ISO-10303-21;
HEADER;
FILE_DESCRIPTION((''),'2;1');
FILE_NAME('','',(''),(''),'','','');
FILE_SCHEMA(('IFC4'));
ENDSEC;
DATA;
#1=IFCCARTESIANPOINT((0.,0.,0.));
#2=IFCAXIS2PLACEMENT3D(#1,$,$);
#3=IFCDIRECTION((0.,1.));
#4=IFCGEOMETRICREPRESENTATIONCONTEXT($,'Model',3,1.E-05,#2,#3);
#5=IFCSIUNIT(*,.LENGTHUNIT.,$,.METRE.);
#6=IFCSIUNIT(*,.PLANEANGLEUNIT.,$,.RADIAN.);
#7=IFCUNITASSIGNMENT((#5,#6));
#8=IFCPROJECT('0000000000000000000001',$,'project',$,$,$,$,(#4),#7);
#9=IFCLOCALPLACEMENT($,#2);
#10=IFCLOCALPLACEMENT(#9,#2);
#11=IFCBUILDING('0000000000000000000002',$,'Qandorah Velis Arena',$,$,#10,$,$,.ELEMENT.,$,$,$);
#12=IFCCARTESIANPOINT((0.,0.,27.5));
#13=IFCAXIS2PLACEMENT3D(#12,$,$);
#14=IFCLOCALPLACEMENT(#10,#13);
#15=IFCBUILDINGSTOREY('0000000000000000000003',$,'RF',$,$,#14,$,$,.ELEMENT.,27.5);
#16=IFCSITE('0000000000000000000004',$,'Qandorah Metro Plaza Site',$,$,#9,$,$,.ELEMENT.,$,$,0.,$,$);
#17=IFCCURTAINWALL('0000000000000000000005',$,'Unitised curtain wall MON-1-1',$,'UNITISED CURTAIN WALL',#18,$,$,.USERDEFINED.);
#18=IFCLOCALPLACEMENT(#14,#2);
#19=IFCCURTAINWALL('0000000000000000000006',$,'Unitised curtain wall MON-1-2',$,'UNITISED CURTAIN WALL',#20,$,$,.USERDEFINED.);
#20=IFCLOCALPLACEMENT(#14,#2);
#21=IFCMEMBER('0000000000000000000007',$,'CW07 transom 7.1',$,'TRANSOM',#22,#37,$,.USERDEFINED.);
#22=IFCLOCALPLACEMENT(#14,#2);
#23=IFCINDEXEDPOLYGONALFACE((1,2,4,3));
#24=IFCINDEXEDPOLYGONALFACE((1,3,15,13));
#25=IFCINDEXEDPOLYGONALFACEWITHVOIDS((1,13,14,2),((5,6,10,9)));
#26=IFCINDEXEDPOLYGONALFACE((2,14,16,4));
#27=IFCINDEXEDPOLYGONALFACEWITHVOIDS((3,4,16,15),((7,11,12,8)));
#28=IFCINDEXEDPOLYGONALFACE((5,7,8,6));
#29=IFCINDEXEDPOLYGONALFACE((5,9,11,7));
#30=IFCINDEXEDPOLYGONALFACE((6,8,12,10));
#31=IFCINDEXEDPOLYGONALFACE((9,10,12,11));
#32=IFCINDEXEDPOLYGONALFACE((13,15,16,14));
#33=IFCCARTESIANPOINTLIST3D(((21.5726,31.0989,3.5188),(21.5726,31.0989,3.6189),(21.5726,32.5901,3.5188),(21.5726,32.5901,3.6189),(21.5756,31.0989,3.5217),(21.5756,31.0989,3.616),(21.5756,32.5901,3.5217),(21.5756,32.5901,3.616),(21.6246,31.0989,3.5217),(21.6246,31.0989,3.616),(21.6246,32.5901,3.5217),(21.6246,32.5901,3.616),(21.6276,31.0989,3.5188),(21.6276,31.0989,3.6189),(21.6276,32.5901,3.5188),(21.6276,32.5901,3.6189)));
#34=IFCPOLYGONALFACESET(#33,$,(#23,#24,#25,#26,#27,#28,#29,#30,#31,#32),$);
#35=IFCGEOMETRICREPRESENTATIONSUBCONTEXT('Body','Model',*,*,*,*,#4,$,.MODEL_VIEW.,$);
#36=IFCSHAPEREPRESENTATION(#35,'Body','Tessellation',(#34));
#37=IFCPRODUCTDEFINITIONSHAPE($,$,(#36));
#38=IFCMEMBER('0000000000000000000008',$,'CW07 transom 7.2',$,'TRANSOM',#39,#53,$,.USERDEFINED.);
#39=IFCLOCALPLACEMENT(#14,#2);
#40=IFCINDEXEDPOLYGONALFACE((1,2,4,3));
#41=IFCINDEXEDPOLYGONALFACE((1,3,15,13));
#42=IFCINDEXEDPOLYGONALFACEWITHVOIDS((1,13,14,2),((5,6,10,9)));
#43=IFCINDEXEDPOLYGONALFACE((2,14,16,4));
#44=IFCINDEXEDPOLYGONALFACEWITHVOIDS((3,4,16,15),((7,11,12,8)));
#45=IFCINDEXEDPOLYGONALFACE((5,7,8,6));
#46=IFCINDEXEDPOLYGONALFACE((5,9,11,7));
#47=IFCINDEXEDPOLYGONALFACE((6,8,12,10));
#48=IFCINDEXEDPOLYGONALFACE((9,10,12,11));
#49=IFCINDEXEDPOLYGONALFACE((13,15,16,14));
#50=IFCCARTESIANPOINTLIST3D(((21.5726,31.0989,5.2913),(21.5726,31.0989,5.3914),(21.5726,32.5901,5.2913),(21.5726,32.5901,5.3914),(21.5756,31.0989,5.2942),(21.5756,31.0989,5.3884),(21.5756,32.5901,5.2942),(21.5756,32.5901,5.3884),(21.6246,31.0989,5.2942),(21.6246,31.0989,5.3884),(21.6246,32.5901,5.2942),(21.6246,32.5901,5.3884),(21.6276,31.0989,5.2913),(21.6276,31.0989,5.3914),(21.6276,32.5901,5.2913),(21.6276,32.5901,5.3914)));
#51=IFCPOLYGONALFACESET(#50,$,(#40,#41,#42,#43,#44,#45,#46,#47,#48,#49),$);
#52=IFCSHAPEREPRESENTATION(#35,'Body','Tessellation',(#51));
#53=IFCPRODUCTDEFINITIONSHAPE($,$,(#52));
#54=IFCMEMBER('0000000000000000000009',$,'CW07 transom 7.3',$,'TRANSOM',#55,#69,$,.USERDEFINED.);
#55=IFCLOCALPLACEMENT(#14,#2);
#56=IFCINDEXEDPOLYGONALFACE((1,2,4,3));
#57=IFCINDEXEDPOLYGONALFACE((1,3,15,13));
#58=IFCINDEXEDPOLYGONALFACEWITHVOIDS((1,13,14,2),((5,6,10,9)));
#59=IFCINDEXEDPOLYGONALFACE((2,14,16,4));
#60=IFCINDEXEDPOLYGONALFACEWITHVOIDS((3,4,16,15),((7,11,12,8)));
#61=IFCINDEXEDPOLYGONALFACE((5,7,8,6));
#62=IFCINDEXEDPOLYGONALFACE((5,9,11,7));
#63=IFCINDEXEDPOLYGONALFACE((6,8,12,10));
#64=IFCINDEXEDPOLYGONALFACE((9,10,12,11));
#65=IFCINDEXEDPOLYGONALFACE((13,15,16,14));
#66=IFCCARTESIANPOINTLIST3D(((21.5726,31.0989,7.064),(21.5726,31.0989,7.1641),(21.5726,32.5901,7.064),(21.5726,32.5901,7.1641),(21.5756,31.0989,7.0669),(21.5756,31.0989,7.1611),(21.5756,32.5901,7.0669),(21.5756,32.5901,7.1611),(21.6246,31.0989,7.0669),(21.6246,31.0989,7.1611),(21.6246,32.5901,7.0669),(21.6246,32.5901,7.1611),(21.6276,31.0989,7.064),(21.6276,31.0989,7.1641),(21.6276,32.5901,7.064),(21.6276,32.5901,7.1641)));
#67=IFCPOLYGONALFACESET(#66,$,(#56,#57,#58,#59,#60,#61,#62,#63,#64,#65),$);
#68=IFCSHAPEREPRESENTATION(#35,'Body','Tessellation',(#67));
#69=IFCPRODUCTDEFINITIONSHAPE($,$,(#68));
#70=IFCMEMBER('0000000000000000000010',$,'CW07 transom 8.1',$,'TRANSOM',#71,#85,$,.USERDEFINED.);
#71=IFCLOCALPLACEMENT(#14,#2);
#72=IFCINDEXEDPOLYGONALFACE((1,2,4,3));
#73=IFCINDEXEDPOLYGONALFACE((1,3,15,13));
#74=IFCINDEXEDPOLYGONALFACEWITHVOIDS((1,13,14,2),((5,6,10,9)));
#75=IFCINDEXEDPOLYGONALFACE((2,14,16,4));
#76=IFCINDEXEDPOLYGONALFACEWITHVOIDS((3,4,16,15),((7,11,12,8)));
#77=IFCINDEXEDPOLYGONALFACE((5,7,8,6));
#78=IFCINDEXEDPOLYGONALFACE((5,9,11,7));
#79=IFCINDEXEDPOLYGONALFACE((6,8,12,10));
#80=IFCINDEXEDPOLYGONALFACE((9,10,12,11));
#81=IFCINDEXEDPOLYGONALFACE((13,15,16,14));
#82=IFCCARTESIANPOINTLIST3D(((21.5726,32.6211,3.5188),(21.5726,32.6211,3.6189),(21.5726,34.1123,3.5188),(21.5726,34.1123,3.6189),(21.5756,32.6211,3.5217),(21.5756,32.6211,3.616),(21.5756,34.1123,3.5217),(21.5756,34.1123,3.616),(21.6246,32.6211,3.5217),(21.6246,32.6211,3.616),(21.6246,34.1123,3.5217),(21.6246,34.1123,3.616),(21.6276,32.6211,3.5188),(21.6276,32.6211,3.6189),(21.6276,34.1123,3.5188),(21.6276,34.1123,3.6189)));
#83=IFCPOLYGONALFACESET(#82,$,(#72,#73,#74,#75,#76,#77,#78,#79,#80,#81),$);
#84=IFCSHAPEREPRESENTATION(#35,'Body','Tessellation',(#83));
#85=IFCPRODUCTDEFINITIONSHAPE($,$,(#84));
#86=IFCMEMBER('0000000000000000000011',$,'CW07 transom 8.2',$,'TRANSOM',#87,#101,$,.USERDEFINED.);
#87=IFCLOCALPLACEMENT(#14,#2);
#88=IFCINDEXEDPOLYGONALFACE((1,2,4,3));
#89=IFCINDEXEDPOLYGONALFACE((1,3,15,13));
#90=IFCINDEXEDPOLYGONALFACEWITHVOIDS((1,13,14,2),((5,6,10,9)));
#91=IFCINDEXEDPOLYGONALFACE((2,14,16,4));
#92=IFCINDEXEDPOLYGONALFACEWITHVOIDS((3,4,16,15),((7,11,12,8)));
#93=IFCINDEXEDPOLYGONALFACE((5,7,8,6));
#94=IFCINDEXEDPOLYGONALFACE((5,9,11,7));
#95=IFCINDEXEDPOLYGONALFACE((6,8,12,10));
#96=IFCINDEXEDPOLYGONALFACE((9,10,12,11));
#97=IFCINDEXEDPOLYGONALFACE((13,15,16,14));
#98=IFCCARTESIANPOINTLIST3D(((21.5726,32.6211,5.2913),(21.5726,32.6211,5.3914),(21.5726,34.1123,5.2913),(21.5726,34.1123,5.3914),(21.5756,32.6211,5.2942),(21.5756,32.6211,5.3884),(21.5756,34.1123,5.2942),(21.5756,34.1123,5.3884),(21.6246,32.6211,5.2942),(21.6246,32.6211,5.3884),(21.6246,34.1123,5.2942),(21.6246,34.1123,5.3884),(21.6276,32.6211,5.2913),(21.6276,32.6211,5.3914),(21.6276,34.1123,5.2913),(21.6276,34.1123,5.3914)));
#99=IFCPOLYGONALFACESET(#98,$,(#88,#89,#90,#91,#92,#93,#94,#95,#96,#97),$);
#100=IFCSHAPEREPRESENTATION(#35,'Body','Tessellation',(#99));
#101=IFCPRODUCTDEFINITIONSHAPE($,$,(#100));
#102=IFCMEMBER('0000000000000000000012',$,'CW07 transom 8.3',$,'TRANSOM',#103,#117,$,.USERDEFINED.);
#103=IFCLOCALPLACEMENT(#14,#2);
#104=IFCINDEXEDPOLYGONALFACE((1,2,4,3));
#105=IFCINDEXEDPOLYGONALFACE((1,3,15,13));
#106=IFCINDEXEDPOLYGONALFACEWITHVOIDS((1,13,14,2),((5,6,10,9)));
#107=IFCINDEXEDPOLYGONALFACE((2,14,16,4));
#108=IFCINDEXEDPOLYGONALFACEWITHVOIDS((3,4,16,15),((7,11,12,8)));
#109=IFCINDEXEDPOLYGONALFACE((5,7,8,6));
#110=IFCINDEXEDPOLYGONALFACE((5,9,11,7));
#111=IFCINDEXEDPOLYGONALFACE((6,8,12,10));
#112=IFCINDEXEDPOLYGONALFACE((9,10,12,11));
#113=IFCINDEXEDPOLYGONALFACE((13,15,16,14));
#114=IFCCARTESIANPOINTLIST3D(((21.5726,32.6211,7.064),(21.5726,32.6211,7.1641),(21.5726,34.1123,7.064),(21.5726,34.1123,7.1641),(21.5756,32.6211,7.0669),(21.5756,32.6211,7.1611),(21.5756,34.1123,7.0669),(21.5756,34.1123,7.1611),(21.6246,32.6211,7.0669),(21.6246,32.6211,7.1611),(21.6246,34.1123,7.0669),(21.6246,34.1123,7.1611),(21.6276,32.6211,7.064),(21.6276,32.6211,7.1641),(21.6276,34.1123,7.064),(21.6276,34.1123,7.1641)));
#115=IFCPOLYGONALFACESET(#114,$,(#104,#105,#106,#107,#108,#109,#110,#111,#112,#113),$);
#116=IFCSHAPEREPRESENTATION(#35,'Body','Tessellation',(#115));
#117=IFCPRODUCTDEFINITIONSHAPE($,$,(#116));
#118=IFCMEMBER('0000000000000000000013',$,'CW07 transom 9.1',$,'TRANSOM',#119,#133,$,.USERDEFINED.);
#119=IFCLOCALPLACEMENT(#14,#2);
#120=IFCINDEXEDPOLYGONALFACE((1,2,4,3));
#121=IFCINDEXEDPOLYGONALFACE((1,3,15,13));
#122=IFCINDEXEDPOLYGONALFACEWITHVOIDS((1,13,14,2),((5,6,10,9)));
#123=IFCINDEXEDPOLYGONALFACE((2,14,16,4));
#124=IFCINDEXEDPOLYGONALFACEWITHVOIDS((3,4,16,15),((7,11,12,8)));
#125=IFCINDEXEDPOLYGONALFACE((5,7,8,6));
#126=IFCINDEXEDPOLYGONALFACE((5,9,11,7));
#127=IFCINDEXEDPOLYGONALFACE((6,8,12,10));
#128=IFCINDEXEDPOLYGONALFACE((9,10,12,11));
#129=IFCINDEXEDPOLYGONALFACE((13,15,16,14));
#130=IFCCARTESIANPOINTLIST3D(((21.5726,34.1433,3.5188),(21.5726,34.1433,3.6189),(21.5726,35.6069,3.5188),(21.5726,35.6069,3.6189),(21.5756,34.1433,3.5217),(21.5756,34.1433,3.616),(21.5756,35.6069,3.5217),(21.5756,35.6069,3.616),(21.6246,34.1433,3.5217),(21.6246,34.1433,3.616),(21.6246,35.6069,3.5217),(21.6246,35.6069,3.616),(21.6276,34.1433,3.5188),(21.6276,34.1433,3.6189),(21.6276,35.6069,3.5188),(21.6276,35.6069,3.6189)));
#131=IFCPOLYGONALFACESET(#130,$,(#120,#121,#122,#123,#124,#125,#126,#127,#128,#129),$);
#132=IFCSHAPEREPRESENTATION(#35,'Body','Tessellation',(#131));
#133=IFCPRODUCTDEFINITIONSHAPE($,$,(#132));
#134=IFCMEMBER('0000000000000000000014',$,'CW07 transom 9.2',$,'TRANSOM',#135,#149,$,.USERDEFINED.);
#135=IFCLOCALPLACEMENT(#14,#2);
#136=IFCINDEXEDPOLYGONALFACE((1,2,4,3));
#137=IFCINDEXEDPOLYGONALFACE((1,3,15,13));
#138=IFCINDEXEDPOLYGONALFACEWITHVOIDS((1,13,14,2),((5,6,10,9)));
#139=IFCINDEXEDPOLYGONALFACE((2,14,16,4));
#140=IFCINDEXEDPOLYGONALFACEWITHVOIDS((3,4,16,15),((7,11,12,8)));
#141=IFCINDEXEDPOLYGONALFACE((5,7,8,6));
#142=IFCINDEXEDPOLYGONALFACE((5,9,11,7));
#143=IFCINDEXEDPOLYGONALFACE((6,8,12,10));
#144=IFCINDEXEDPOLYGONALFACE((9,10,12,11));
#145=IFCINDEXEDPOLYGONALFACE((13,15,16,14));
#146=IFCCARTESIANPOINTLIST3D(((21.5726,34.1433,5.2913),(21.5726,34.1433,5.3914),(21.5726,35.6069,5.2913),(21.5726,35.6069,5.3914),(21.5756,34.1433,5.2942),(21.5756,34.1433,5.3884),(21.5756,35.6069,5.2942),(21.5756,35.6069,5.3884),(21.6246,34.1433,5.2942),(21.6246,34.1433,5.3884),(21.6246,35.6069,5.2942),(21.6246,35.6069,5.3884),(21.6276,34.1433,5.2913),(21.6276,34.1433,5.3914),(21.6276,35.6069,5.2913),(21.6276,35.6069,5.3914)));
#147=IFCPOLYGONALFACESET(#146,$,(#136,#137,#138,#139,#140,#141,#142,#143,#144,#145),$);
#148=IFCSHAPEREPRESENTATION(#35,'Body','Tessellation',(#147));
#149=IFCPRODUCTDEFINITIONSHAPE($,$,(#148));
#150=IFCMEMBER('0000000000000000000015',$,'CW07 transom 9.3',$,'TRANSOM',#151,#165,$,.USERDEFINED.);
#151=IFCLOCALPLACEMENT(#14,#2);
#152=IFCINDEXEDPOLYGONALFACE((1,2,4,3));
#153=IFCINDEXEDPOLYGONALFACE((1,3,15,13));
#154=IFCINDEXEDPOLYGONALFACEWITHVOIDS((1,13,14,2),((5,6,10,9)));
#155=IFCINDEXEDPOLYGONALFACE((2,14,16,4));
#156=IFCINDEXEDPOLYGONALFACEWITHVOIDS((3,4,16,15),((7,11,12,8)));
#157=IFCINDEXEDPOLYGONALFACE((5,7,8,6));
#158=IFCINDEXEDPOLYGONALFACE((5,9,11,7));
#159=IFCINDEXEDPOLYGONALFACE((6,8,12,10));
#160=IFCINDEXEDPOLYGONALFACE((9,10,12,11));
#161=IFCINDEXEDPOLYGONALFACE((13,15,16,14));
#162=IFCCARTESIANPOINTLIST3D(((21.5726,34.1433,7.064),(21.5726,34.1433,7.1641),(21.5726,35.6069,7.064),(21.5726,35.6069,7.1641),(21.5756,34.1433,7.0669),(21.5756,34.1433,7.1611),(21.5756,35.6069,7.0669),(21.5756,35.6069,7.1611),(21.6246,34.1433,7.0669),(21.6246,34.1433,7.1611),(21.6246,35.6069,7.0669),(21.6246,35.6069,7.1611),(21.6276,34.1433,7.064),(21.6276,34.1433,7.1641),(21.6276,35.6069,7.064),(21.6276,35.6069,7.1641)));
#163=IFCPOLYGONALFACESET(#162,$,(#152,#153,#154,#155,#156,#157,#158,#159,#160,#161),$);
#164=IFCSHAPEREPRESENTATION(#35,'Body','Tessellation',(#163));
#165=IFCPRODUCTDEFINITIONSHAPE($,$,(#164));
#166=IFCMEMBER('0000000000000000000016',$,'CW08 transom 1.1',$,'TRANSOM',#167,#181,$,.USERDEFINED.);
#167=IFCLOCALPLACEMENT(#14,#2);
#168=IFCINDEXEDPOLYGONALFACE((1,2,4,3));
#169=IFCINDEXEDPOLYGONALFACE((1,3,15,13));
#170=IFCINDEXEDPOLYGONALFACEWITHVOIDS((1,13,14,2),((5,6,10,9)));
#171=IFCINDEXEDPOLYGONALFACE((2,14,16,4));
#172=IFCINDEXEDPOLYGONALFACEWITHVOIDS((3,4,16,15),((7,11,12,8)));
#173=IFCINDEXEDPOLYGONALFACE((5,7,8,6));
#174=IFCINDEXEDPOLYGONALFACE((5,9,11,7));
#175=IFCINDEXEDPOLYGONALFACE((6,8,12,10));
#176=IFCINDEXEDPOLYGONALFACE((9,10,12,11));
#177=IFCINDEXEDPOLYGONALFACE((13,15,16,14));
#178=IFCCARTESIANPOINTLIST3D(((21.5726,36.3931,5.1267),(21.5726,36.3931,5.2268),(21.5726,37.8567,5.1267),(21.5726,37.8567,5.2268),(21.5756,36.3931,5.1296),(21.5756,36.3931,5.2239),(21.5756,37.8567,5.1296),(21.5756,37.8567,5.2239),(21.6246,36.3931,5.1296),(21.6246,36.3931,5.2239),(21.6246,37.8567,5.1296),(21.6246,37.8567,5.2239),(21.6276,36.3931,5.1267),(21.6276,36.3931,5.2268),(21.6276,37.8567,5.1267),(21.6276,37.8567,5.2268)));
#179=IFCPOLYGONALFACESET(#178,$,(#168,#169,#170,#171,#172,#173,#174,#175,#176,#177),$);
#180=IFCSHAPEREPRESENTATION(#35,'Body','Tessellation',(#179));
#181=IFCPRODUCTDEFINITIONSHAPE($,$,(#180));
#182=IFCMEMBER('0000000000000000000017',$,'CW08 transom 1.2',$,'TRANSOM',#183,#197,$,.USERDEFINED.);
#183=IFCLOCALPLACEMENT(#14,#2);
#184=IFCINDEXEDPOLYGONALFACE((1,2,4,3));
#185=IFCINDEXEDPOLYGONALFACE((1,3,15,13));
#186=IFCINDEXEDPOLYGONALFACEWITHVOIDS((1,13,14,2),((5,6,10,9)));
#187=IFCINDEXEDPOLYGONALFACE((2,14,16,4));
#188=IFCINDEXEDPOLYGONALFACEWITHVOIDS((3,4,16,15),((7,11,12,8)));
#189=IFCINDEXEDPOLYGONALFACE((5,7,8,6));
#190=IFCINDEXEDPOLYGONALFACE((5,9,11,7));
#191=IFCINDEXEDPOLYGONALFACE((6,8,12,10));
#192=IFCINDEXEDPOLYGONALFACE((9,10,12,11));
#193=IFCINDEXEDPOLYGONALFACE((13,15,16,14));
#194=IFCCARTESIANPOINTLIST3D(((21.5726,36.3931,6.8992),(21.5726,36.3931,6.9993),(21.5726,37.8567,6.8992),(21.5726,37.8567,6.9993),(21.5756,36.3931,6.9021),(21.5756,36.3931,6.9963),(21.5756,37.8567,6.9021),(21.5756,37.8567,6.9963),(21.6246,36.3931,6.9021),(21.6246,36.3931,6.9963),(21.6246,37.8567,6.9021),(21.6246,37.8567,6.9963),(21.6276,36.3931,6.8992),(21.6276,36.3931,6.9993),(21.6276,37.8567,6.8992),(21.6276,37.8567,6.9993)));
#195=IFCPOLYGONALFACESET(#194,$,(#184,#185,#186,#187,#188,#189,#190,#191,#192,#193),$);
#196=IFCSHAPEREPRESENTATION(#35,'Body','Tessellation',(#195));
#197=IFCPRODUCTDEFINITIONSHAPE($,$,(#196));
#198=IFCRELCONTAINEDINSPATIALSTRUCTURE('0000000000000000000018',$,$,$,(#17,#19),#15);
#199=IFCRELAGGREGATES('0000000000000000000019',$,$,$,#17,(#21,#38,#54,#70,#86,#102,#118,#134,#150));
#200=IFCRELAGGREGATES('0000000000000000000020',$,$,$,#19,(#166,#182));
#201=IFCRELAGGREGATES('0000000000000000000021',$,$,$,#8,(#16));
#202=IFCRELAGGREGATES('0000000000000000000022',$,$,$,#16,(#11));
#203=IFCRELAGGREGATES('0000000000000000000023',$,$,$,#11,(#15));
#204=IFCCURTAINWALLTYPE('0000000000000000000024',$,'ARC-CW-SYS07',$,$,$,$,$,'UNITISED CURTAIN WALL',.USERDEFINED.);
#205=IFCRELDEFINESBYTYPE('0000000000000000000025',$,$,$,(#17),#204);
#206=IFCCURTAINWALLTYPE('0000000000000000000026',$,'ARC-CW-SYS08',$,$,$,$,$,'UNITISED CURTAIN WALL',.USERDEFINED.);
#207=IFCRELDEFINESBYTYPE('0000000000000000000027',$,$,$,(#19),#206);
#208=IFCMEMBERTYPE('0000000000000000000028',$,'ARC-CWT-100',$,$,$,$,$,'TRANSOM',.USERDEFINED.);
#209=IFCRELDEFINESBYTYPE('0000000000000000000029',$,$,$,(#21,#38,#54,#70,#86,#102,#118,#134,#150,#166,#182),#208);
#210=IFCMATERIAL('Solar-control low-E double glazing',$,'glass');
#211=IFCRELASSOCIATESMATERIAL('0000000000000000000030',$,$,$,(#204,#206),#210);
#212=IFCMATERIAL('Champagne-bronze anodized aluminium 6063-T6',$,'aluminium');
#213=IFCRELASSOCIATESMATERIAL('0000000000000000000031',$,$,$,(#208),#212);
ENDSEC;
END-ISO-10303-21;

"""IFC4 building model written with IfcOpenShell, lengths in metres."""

from ifc_helpers import new_model, si_unit, direction, frame, origin, origin_2d, place, context, subcontext, project, spatial, hollow_rectangle, extrude, material, material_profile, profile_set, type_object, element, aggregate, save


model = new_model("IFC4")

# Units and contexts
model_context = context("Model", 3, precision=1e-05, world=origin(), true_north=direction((0.0, 1.0)))
body_context = subcontext(model_context, "Body", "Model", "MODEL_VIEW")
ifc_project = project(units=[si_unit("LENGTHUNIT", "METRE"), si_unit("PLANEANGLEUNIT", "RADIAN")], contexts=[model_context])

# Site, building, storey
site_placement = place(None, origin())
site = spatial("IfcSite", under=ifc_project, at=site_placement, Name="Qandorah Metro Plaza Site", CompositionType="ELEMENT", RefElevation=0.0)
building_placement = place(site_placement, origin())
building = spatial("IfcBuilding", under=site, at=building_placement, Name="Qandorah Velis Arena", CompositionType="ELEMENT")
storey_placement = place(building_placement, frame((0.0, 0.0, 27.5)))
storey = spatial("IfcBuildingStorey", under=building, at=storey_placement, Name="RF", CompositionType="ELEMENT", Elevation=27.5)

# Curtain walls
ifc_material_1 = material(Name="Solar-control low-E double glazing", Category="glass")
curtain_wall_type_1 = type_object("IfcCurtainWallType", Name="ARC-CW-SYS07", ElementType="UNITISED CURTAIN WALL", PredefinedType="USERDEFINED", material=ifc_material_1)
curtain_wall_1_placement = place(storey_placement, origin())
curtain_wall_1 = element("IfcCurtainWall", 1, at=curtain_wall_1_placement, inside=storey, type_object=curtain_wall_type_1, Name="Unitised curtain wall MON-1-1", ObjectType="UNITISED CURTAIN WALL", PredefinedType="USERDEFINED")
ifc_material_2 = material(Name="Champagne-bronze anodized aluminium 6063-T6", Category="aluminium")
curtain_wall_type_2 = type_object("IfcCurtainWallType", Name="ARC-CW-SYS08", ElementType="UNITISED CURTAIN WALL", PredefinedType="USERDEFINED", material=ifc_material_1)
curtain_wall_2_placement = place(storey_placement, origin())
curtain_wall_2 = element("IfcCurtainWall", 2, at=curtain_wall_2_placement, inside=storey, type_object=curtain_wall_type_2, Name="Unitised curtain wall MON-1-2", ObjectType="UNITISED CURTAIN WALL", PredefinedType="USERDEFINED")

# Members
ifc_material_profile_1 = material_profile(ifc_material_2, hollow_rectangle(XDim=0.0549, YDim=0.1001, WallThickness=0.0029, at=origin_2d()), Name="ALU TRANSOM 55x100")
ifc_profile_set_1 = profile_set([ifc_material_profile_1], Name="Champagne-bronze anodized aluminium 6063-T6")
member_type_1 = type_object("IfcMemberType", Name="ARC-CWT-100", ElementType="TRANSOM", PredefinedType="USERDEFINED", material=ifc_profile_set_1)
member_1_placement = place(storey_placement, frame((21.6001, 31.0989, 3.5688), z_axis=(0.0, 1.0, 0.0), x_axis=(-1.0, 0.0, 0.0)))
member_1 = element("IfcMember", 3, at=member_1_placement, type_object=member_type_1, Name="CW07 transom 7.1", ObjectType="TRANSOM", PredefinedType="USERDEFINED", context=body_context, shape_type="SweptSolid", body=[
    extrude(hollow_rectangle(XDim=0.0549, YDim=0.1001, WallThickness=0.0029, at=origin_2d()), origin(), (0.0, 0.0, 1.0), 1.4912),
])
member_2_placement = place(storey_placement, frame((21.6001, 31.0989, 5.3413), z_axis=(0.0, 1.0, 0.0), x_axis=(-1.0, 0.0, 0.0)))
member_2 = element("IfcMember", 4, at=member_2_placement, type_object=member_type_1, Name="CW07 transom 7.2", ObjectType="TRANSOM", PredefinedType="USERDEFINED", context=body_context, shape_type="SweptSolid", body=[
    extrude(hollow_rectangle(XDim=0.0549, YDim=0.1001, WallThickness=0.0029, at=origin_2d()), origin(), (0.0, 0.0, 1.0), 1.4912),
])
member_3_placement = place(storey_placement, frame((21.6001, 31.0989, 7.114), z_axis=(0.0, 1.0, 0.0), x_axis=(-1.0, 0.0, 0.0)))
member_3 = element("IfcMember", 5, at=member_3_placement, type_object=member_type_1, Name="CW07 transom 7.3", ObjectType="TRANSOM", PredefinedType="USERDEFINED", context=body_context, shape_type="SweptSolid", body=[
    extrude(hollow_rectangle(XDim=0.0549, YDim=0.1001, WallThickness=0.0029, at=origin_2d()), origin(), (0.0, 0.0, 1.0), 1.4912),
])
member_4_placement = place(storey_placement, frame((21.6001, 32.6211, 3.5688), z_axis=(0.0, 1.0, 0.0), x_axis=(-1.0, 0.0, 0.0)))
member_4 = element("IfcMember", 6, at=member_4_placement, type_object=member_type_1, Name="CW07 transom 8.1", ObjectType="TRANSOM", PredefinedType="USERDEFINED", context=body_context, shape_type="SweptSolid", body=[
    extrude(hollow_rectangle(XDim=0.0549, YDim=0.1001, WallThickness=0.0029, at=origin_2d()), origin(), (0.0, 0.0, 1.0), 1.4912),
])
member_5_placement = place(storey_placement, frame((21.6001, 32.6211, 5.3413), z_axis=(0.0, 1.0, 0.0), x_axis=(-1.0, 0.0, 0.0)))
member_5 = element("IfcMember", 7, at=member_5_placement, type_object=member_type_1, Name="CW07 transom 8.2", ObjectType="TRANSOM", PredefinedType="USERDEFINED", context=body_context, shape_type="SweptSolid", body=[
    extrude(hollow_rectangle(XDim=0.0549, YDim=0.1001, WallThickness=0.0029, at=origin_2d()), origin(), (0.0, 0.0, 1.0), 1.4912),
])
member_6_placement = place(storey_placement, frame((21.6001, 32.6211, 7.114), z_axis=(0.0, 1.0, 0.0), x_axis=(-1.0, 0.0, 0.0)))
member_6 = element("IfcMember", 8, at=member_6_placement, type_object=member_type_1, Name="CW07 transom 8.3", ObjectType="TRANSOM", PredefinedType="USERDEFINED", context=body_context, shape_type="SweptSolid", body=[
    extrude(hollow_rectangle(XDim=0.0549, YDim=0.1001, WallThickness=0.0029, at=origin_2d()), origin(), (0.0, 0.0, 1.0), 1.4912),
])
member_7_placement = place(storey_placement, frame((21.6001, 34.1433, 3.5688), z_axis=(0.0, 1.0, 0.0), x_axis=(-1.0, 0.0, 0.0)))
member_7 = element("IfcMember", 9, at=member_7_placement, type_object=member_type_1, Name="CW07 transom 9.1", ObjectType="TRANSOM", PredefinedType="USERDEFINED", context=body_context, shape_type="SweptSolid", body=[
    extrude(hollow_rectangle(XDim=0.0549, YDim=0.1001, WallThickness=0.0029, at=origin_2d()), origin(), (0.0, 0.0, 1.0), 1.4636),
])
member_8_placement = place(storey_placement, frame((21.6001, 34.1433, 5.3413), z_axis=(0.0, 1.0, 0.0), x_axis=(-1.0, 0.0, 0.0)))
member_8 = element("IfcMember", 10, at=member_8_placement, type_object=member_type_1, Name="CW07 transom 9.2", ObjectType="TRANSOM", PredefinedType="USERDEFINED", context=body_context, shape_type="SweptSolid", body=[
    extrude(hollow_rectangle(XDim=0.0549, YDim=0.1001, WallThickness=0.0029, at=origin_2d()), origin(), (0.0, 0.0, 1.0), 1.4636),
])
member_9_placement = place(storey_placement, frame((21.6001, 34.1433, 7.114), z_axis=(0.0, 1.0, 0.0), x_axis=(-1.0, 0.0, 0.0)))
member_9 = element("IfcMember", 11, at=member_9_placement, type_object=member_type_1, Name="CW07 transom 9.3", ObjectType="TRANSOM", PredefinedType="USERDEFINED", context=body_context, shape_type="SweptSolid", body=[
    extrude(hollow_rectangle(XDim=0.0549, YDim=0.1001, WallThickness=0.0029, at=origin_2d()), origin(), (0.0, 0.0, 1.0), 1.4636),
])
member_10_placement = place(storey_placement, frame((21.6001, 36.3931, 5.1768), z_axis=(0.0, 1.0, 0.0), x_axis=(-1.0, 0.0, 0.0)))
member_10 = element("IfcMember", 12, at=member_10_placement, type_object=member_type_1, Name="CW08 transom 1.1", ObjectType="TRANSOM", PredefinedType="USERDEFINED", context=body_context, shape_type="SweptSolid", body=[
    extrude(hollow_rectangle(XDim=0.0549, YDim=0.1001, WallThickness=0.0029, at=origin_2d()), origin(), (0.0, 0.0, 1.0), 1.4636),
])
member_11_placement = place(storey_placement, frame((21.6001, 36.3931, 6.9492), z_axis=(0.0, 1.0, 0.0), x_axis=(-1.0, 0.0, 0.0)))
member_11 = element("IfcMember", 13, at=member_11_placement, type_object=member_type_1, Name="CW08 transom 1.2", ObjectType="TRANSOM", PredefinedType="USERDEFINED", context=body_context, shape_type="SweptSolid", body=[
    extrude(hollow_rectangle(XDim=0.0549, YDim=0.1001, WallThickness=0.0029, at=origin_2d()), origin(), (0.0, 0.0, 1.0), 1.4636),
])

aggregate(curtain_wall_1, [member_1, member_2, member_3, member_4, member_5, member_6, member_7, member_8, member_9])
aggregate(curtain_wall_2, [member_10, member_11])

save(model, "model.ifc")
